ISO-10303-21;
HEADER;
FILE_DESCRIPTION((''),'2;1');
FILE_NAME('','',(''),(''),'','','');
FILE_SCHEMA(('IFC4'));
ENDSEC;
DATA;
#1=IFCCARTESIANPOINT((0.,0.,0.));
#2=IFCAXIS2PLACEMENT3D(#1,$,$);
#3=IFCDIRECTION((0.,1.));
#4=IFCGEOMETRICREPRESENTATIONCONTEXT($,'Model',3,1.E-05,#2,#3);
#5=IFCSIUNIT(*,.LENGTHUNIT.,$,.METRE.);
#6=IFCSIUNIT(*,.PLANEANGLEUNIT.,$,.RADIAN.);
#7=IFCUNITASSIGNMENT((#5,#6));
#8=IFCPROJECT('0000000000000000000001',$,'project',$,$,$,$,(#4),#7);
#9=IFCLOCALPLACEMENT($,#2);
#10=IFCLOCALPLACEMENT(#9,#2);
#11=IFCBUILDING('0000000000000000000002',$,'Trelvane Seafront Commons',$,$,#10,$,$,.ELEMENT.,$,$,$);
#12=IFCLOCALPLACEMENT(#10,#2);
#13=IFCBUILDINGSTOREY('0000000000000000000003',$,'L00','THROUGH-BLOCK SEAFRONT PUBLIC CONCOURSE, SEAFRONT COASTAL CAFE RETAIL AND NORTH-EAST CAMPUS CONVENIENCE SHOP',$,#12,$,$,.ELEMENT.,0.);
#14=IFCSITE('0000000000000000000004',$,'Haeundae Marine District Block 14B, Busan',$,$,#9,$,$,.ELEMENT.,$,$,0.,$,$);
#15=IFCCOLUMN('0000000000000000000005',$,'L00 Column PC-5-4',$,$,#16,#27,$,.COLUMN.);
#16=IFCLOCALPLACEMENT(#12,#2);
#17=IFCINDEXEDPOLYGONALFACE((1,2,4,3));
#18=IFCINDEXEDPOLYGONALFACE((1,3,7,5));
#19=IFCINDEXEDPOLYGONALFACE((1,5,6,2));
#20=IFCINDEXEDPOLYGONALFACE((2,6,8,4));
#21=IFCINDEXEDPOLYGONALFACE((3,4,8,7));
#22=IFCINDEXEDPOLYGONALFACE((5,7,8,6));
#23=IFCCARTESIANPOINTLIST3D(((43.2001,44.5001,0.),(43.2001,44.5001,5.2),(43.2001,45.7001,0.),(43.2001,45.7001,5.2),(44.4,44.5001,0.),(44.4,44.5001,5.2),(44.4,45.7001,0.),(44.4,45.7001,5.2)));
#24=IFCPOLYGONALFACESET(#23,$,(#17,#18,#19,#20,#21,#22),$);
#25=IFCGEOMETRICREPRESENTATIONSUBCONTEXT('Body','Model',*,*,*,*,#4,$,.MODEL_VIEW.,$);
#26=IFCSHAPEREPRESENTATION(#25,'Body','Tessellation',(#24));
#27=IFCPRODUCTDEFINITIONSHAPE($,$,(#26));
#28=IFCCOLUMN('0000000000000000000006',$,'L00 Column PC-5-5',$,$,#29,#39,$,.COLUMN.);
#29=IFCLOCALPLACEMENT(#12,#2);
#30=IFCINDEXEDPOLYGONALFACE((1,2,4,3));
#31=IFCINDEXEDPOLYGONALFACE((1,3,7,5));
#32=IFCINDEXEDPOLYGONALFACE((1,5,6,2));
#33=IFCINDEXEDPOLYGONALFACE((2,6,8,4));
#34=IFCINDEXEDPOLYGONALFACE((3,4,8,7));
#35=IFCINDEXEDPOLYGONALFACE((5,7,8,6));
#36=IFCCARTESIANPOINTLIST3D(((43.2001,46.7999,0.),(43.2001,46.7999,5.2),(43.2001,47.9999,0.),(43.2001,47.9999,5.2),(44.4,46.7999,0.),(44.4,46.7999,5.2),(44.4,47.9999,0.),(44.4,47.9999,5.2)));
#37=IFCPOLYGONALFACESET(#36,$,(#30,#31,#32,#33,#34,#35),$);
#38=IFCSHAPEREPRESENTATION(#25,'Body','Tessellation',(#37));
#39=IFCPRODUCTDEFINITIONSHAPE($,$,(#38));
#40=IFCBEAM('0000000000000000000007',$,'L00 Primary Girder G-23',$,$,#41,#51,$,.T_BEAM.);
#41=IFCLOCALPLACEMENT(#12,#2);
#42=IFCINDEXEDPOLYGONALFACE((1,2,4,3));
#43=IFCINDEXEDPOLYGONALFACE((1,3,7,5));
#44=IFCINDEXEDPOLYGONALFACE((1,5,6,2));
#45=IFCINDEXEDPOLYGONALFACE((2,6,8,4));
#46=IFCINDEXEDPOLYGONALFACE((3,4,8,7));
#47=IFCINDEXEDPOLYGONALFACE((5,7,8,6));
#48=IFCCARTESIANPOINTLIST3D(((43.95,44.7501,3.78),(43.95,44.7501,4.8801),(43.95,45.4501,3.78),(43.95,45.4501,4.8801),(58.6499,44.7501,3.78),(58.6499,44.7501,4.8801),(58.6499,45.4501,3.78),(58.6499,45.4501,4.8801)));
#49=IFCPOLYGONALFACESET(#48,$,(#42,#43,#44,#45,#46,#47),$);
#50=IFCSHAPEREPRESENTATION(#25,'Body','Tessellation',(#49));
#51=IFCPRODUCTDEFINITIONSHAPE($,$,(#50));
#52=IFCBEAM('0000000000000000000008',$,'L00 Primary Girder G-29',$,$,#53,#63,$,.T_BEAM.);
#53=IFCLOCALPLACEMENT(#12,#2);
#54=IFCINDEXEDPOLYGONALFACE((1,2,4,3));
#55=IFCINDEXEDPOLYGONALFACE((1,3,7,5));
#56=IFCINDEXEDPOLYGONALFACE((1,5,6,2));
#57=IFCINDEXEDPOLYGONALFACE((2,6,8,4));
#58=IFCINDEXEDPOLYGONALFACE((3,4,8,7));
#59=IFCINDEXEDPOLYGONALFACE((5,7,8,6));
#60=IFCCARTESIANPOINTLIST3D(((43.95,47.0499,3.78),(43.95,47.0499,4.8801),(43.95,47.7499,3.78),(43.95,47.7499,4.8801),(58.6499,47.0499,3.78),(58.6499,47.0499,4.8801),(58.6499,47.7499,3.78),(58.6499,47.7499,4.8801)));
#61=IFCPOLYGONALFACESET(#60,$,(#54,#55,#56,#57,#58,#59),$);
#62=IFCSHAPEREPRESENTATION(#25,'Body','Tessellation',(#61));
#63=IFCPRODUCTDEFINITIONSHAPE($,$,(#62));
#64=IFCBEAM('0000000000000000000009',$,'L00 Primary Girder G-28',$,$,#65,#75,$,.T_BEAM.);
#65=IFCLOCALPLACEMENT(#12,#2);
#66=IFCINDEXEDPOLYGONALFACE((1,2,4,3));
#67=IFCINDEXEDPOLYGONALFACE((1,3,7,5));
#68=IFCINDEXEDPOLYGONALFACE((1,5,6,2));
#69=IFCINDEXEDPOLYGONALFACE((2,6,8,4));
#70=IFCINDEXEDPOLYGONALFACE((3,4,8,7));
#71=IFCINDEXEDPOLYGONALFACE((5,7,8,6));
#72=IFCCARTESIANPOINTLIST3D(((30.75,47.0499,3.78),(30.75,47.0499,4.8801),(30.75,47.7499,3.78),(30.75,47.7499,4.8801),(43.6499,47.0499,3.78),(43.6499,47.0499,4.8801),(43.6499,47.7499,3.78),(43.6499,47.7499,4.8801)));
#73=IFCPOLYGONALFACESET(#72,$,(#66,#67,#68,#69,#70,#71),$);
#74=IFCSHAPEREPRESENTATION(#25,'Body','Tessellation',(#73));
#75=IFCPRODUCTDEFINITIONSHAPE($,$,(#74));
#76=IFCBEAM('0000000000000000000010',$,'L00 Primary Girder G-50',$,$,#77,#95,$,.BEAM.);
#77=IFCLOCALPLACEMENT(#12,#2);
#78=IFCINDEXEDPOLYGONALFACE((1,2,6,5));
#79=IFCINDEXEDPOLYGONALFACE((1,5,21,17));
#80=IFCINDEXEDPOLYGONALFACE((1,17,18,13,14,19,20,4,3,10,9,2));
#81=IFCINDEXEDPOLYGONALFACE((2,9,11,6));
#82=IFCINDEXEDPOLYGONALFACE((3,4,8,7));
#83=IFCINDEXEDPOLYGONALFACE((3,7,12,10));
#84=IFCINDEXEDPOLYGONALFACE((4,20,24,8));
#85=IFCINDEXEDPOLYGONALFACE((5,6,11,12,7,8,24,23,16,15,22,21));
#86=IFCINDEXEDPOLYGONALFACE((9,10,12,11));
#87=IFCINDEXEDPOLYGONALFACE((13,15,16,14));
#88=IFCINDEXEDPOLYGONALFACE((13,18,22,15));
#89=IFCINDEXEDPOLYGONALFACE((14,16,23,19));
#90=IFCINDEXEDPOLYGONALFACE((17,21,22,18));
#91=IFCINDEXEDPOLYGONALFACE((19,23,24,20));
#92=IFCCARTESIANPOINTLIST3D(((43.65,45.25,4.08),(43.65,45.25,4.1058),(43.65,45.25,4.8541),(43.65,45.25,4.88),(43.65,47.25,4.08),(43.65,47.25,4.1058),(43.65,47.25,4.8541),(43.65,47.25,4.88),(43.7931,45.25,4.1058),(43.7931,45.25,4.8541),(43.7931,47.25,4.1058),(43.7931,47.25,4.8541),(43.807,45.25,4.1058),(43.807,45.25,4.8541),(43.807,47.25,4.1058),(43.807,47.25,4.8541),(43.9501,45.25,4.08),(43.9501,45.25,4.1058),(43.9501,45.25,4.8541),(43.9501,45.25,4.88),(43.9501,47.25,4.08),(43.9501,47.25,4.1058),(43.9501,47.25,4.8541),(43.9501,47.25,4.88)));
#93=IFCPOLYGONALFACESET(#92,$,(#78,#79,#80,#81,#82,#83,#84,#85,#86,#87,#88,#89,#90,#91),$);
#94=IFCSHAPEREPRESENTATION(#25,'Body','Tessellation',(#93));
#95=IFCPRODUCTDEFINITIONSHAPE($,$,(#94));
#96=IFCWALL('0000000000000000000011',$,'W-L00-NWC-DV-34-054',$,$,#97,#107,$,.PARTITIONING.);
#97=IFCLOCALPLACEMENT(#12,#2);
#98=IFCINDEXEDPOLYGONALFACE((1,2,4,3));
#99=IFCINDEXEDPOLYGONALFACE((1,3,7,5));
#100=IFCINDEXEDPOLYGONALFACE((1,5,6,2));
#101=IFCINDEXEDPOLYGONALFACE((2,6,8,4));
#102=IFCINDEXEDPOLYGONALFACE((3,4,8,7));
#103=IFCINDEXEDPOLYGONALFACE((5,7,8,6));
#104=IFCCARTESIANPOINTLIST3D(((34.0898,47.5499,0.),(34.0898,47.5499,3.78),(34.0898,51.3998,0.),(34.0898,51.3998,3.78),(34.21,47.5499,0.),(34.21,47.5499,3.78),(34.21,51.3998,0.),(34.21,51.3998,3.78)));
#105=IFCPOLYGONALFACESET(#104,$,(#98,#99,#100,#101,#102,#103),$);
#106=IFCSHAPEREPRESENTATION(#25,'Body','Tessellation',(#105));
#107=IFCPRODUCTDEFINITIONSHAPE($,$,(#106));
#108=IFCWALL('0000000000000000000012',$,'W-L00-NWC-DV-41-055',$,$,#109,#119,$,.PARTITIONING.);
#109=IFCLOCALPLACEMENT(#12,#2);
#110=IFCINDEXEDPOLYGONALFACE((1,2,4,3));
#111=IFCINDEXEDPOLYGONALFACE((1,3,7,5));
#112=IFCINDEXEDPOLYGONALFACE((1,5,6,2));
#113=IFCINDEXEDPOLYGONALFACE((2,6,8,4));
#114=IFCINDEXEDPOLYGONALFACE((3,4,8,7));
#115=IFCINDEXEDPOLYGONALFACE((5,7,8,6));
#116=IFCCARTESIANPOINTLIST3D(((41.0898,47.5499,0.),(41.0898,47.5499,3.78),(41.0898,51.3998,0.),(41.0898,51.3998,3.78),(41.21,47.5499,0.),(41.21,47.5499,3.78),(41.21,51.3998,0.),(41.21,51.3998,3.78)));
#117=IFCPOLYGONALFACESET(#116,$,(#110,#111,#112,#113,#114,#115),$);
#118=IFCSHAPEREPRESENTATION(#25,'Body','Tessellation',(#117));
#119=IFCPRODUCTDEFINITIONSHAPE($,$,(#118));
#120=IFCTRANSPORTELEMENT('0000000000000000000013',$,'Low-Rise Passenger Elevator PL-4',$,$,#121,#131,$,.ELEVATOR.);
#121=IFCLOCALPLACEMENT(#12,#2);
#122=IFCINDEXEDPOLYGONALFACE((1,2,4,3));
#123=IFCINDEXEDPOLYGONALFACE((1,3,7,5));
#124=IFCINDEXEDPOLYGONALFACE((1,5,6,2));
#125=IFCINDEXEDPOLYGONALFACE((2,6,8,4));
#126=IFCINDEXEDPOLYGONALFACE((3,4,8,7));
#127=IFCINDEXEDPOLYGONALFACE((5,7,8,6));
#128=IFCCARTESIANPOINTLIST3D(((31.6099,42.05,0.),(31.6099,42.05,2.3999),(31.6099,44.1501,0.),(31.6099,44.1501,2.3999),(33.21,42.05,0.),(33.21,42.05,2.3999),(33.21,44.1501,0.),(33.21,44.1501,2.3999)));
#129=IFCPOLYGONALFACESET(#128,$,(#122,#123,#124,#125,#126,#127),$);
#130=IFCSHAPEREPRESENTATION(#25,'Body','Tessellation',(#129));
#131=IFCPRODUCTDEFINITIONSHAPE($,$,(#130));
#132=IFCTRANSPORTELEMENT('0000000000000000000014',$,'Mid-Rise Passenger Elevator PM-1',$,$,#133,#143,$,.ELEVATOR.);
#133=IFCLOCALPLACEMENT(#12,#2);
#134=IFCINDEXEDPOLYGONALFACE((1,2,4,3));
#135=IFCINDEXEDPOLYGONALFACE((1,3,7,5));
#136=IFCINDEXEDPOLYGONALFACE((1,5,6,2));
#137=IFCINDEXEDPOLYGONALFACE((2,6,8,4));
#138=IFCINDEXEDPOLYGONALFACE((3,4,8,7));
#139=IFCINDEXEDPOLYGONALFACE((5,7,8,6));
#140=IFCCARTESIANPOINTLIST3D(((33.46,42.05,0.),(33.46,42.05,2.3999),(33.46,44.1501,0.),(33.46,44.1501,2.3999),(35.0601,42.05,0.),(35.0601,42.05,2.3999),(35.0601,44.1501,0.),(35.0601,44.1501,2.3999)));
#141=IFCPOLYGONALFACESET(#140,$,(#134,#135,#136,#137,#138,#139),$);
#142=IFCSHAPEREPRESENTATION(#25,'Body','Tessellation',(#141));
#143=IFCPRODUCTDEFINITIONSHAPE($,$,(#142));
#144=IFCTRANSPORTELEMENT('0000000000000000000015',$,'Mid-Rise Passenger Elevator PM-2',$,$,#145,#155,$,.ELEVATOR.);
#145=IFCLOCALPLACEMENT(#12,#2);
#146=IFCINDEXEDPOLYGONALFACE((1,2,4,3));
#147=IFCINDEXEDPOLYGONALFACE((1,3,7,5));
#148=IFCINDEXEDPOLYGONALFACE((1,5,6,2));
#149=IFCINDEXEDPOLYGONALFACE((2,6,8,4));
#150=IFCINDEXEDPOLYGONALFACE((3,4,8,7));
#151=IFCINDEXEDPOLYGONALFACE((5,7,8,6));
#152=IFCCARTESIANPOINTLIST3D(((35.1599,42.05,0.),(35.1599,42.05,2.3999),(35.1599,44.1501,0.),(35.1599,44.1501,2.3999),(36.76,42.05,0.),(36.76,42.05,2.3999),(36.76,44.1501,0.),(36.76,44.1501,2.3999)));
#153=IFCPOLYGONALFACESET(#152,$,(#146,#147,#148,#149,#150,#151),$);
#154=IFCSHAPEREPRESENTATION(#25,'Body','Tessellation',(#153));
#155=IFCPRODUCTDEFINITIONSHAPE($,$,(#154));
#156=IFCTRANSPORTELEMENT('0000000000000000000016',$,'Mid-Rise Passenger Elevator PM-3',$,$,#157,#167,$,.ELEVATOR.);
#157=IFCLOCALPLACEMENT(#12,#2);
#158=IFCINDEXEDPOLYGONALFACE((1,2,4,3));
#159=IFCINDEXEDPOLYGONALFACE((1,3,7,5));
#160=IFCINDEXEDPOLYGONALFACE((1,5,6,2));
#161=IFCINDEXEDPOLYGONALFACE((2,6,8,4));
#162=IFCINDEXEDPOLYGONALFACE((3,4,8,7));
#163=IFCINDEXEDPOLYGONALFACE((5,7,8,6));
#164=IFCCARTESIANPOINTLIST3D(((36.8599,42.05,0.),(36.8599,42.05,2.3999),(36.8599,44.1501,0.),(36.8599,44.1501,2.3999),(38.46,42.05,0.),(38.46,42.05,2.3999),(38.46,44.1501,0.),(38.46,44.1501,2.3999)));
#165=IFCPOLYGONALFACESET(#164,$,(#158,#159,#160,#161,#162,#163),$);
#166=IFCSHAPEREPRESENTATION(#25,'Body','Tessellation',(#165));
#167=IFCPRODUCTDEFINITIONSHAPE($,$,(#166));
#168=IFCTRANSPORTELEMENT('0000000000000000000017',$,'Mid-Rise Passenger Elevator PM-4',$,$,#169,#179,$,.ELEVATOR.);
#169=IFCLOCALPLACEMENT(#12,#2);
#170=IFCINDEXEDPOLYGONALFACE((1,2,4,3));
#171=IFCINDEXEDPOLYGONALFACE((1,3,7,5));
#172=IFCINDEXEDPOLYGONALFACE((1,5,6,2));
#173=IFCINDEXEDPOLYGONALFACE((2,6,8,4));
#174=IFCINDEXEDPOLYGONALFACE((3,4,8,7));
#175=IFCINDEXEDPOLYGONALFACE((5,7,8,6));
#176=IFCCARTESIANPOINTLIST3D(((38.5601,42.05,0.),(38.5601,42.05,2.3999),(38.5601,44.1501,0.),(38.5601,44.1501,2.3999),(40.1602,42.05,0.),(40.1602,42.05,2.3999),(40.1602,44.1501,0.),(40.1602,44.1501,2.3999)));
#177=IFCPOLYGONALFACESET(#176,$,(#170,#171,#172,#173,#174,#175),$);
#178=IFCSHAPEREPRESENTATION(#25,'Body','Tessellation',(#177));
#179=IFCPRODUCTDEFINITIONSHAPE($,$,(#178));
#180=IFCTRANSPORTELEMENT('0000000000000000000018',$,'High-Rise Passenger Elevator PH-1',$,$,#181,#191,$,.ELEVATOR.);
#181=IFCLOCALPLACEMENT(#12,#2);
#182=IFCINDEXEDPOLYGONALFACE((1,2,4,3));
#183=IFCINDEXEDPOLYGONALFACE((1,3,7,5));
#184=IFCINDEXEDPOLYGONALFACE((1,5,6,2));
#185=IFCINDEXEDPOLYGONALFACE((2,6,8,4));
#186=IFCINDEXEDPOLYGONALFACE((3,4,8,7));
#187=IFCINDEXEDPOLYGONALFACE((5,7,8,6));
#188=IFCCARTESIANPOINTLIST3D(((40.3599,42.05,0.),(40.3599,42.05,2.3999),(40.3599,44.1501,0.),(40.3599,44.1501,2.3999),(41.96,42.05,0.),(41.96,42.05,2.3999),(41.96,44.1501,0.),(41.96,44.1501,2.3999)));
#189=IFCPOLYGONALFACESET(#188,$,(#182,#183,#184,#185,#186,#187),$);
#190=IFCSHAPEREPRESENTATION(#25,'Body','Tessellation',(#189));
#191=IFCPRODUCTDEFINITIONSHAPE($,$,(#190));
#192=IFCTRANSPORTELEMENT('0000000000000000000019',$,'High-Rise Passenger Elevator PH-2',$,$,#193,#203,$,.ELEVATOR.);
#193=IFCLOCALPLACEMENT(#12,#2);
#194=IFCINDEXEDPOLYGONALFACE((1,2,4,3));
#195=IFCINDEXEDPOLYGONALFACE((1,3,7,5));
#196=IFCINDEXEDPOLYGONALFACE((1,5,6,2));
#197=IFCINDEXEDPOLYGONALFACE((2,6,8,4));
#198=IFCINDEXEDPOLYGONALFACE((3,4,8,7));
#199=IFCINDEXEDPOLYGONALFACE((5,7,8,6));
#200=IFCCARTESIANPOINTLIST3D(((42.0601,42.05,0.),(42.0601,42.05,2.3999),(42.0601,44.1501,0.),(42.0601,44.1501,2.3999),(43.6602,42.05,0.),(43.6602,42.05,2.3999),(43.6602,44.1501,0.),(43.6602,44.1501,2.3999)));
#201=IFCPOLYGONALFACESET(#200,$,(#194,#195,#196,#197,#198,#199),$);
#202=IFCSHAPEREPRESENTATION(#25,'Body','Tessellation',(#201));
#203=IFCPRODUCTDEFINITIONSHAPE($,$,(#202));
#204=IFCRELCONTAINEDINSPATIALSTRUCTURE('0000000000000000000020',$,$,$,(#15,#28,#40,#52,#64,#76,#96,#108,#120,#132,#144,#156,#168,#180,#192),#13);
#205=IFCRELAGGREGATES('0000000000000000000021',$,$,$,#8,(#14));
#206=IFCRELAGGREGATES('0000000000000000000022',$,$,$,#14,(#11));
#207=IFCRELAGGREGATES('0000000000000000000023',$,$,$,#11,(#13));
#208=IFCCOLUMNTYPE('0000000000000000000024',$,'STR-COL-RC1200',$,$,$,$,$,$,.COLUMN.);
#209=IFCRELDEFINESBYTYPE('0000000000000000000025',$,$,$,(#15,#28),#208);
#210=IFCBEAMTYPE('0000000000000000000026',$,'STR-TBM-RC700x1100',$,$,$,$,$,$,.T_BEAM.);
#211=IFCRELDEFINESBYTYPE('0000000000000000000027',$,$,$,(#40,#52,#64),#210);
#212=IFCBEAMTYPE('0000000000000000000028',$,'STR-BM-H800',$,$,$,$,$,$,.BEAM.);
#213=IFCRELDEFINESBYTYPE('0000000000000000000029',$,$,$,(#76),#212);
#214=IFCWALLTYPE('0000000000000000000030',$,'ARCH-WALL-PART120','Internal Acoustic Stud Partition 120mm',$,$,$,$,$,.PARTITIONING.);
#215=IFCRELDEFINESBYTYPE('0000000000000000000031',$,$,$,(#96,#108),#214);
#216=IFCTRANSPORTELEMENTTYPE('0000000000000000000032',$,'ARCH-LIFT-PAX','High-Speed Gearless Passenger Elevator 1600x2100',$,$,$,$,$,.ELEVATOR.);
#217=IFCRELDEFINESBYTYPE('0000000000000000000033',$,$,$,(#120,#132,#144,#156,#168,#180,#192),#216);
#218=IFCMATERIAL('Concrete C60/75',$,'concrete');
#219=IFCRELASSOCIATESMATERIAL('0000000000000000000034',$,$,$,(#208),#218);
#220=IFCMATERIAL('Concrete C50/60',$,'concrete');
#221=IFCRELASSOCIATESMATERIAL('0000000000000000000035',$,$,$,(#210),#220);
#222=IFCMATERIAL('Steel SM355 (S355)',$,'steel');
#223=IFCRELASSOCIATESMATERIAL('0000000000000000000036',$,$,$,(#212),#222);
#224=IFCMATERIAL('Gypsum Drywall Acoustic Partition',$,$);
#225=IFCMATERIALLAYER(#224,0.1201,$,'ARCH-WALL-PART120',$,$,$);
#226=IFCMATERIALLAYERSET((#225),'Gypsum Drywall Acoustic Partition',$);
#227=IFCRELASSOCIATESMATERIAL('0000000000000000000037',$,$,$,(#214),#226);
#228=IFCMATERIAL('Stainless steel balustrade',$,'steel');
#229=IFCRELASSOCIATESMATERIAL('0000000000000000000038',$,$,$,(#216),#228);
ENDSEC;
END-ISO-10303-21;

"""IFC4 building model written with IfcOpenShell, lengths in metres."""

from ifc_helpers import new_model, si_unit, direction, frame, frame_2d, origin, origin_2d, place, context, subcontext, project, spatial, rectangle, i_section, extrude, source, transform, mapped, material, layer, layer_set, material_profile, profile_set, type_object, element, save


model = new_model("IFC4")

# Units and contexts
model_context = context("Model", 3, precision=1e-05, world=origin(), true_north=direction((0.0, 1.0)))
body_context = subcontext(model_context, "Body", "Model", "MODEL_VIEW")
ifc_project = project(units=[si_unit("LENGTHUNIT", "METRE"), si_unit("PLANEANGLEUNIT", "RADIAN")], contexts=[model_context])

# Site, building, storey
site_placement = place(None, origin())
site = spatial("IfcSite", under=ifc_project, at=site_placement, Name="Haeundae Marine District Block 14B, Busan", CompositionType="ELEMENT", RefElevation=0.0)
building_placement = place(site_placement, origin())
building = spatial("IfcBuilding", under=site, at=building_placement, Name="Trelvane Seafront Commons", CompositionType="ELEMENT")
storey_placement = place(building_placement, origin())
storey = spatial("IfcBuildingStorey", under=building, at=storey_placement, Name="L00", Description="THROUGH-BLOCK SEAFRONT PUBLIC CONCOURSE, SEAFRONT COASTAL CAFE RETAIL AND NORTH-EAST CAMPUS CONVENIENCE SHOP", CompositionType="ELEMENT", Elevation=0.0)

# Columns
ifc_material_1 = material(Name="Concrete C60/75", Category="concrete")
ifc_material_profile_1 = material_profile(ifc_material_1, rectangle(XDim=1.2, YDim=1.2, at=origin_2d()), Name="RC-1200x1200")
ifc_profile_set_1 = profile_set([ifc_material_profile_1], Name="Concrete C60/75")
column_type = type_object("IfcColumnType", Name="STR-COL-RC1200", PredefinedType="COLUMN", material=ifc_profile_set_1)
shared_shape_1 = source(origin(), body_context, "Body", "SweptSolid", [
    extrude(rectangle(XDim=1.2, YDim=1.2, at=origin_2d()), origin(), (0.0, 0.0, 1.0), 5.2),
])
for number, where, z_axis, x_axis, name in (
    (1, (43.8, 45.1001, 0.0), (0.0, 0.0, 1.0), (1.0, 0.0, 0.0), "L00 Column PC-5-4"),
    (2, (43.8, 47.3999, 0.0), (0.0, 0.0, 1.0), (1.0, 0.0, 0.0), "L00 Column PC-5-5"),
):
    element("IfcColumn", number, at=place(storey_placement, frame(where, z_axis=z_axis, x_axis=x_axis)), inside=storey, type_object=column_type, Name=name, PredefinedType="COLUMN", context=body_context, shape_type="MappedRepresentation", body=[
        mapped(shared_shape_1, transform((0.0, 0.0, 0.0), x_axis=(1.0, 0.0, 0.0), y_axis=(0.0, 1.0, 0.0), z_axis=(0.0, 0.0, 1.0), scale=1.0)),
    ])

# Beams
ifc_material_2 = material(Name="Concrete C50/60", Category="concrete")
ifc_material_profile_2 = material_profile(ifc_material_2, rectangle(XDim=0.7, YDim=1.1001, at=origin_2d()), Name="RC-700x1100")
ifc_profile_set_2 = profile_set([ifc_material_profile_2], Name="Concrete C50/60")
beam_type_1 = type_object("IfcBeamType", Name="STR-TBM-RC700x1100", PredefinedType="T_BEAM", material=ifc_profile_set_2)
shared_shape_2 = source(origin(), body_context, "Body", "SweptSolid", [
    extrude(rectangle(XDim=0.7, YDim=1.1001, at=origin_2d()), origin(), (0.0, 0.0, 1.0), 14.7),
])
for number, where, z_axis, x_axis, name in (
    (3, (43.95, 45.1001, 4.3301), (1.0, 0.0, 0.0), (0.0, 1.0, 0.0), "L00 Primary Girder G-23"),
    (4, (43.95, 47.3999, 4.3301), (1.0, 0.0, 0.0), (0.0, 1.0, 0.0), "L00 Primary Girder G-29"),
):
    element("IfcBeam", number, at=place(storey_placement, frame(where, z_axis=z_axis, x_axis=x_axis)), inside=storey, type_object=beam_type_1, Name=name, PredefinedType="T_BEAM", context=body_context, shape_type="MappedRepresentation", body=[
        mapped(shared_shape_2, transform((0.0, 0.0, 0.0), x_axis=(1.0, 0.0, 0.0), y_axis=(0.0, 1.0, 0.0), z_axis=(0.0, 0.0, 1.0), scale=1.0)),
    ])
shared_shape_3 = source(origin(), body_context, "Body", "SweptSolid", [
    extrude(rectangle(XDim=0.7, YDim=1.1001, at=origin_2d()), origin(), (0.0, 0.0, 1.0), 12.8999),
])
beam_1_placement = place(storey_placement, frame((30.75, 47.3999, 4.3301), z_axis=(1.0, 0.0, 0.0), x_axis=(0.0, 1.0, 0.0)))
element("IfcBeam", 5, at=beam_1_placement, inside=storey, type_object=beam_type_1, Name="L00 Primary Girder G-28", PredefinedType="T_BEAM", context=body_context, shape_type="MappedRepresentation", body=[
    mapped(shared_shape_3, transform((0.0, 0.0, 0.0), x_axis=(1.0, 0.0, 0.0), y_axis=(0.0, 1.0, 0.0), z_axis=(0.0, 0.0, 1.0), scale=1.0)),
])
ifc_material_3 = material(Name="Steel SM355 (S355)", Category="steel")
ifc_material_profile_3 = material_profile(ifc_material_3, i_section(OverallWidth=0.3, OverallDepth=0.8, WebThickness=0.0139, FlangeThickness=0.0259, at=origin_2d()), Name="H-800x300x14x26")
ifc_profile_set_3 = profile_set([ifc_material_profile_3], Name="Steel SM355 (S355)")
beam_type_2 = type_object("IfcBeamType", Name="STR-BM-H800", PredefinedType="BEAM", material=ifc_profile_set_3)
shared_shape_4 = source(origin(), body_context, "Body", "SweptSolid", [
    extrude(i_section(OverallWidth=0.3, OverallDepth=0.8, WebThickness=0.0139, FlangeThickness=0.0259, at=origin_2d()), origin(), (0.0, 0.0, 1.0), 2.0),
])
beam_2_placement = place(storey_placement, frame((43.8, 45.25, 4.48), z_axis=(0.0, 1.0, 0.0), x_axis=(-1.0, 0.0, 0.0)))
element("IfcBeam", 6, at=beam_2_placement, inside=storey, type_object=beam_type_2, Name="L00 Primary Girder G-50", PredefinedType="BEAM", context=body_context, shape_type="MappedRepresentation", body=[
    mapped(shared_shape_4, transform((0.0, 0.0, 0.0), x_axis=(1.0, 0.0, 0.0), y_axis=(0.0, 1.0, 0.0), z_axis=(0.0, 0.0, 1.0), scale=1.0)),
])

# Walls
ifc_material_4 = material(Name="Gypsum Drywall Acoustic Partition")
ifc_layer = layer(ifc_material_4, 0.1201, Name="ARCH-WALL-PART120")
ifc_layer_set = layer_set([ifc_layer], Name="Gypsum Drywall Acoustic Partition")
wall_type = type_object("IfcWallType", Name="ARCH-WALL-PART120", Description="Internal Acoustic Stud Partition 120mm", PredefinedType="PARTITIONING", material=ifc_layer_set)
for number, where, z_axis, x_axis, name in (
    (7, (34.1499, 47.55, 0.0), (0.0, 0.0, 1.0), (0.0, 1.0, 0.0), "W-L00-NWC-DV-34-054"),
    (8, (41.1499, 47.55, 0.0), (0.0, 0.0, 1.0), (0.0, 1.0, 0.0), "W-L00-NWC-DV-41-055"),
):
    element("IfcWall", number, at=place(storey_placement, frame(where, z_axis=z_axis, x_axis=x_axis)), inside=storey, type_object=wall_type, Name=name, PredefinedType="PARTITIONING", context=body_context, shape_type="SweptSolid", body=[
        extrude(rectangle(XDim=3.8499, YDim=0.1201, at=frame_2d((1.9248, 0.0))), origin(), (0.0, 0.0, 1.0), 3.78),
    ])

# Transport elements
ifc_material_5 = material(Name="Stainless steel balustrade", Category="steel")
transport_element_type = type_object("IfcTransportElementType", Name="ARCH-LIFT-PAX", Description="High-Speed Gearless Passenger Elevator 1600x2100", PredefinedType="ELEVATOR", material=ifc_material_5)
shared_shape_5 = source(origin(), body_context, "Body", "SweptSolid", [
    extrude(rectangle(XDim=1.6001, YDim=2.1001, at=origin_2d()), origin(), (0.0, 0.0, 1.0), 2.3999),
])
for number, where, z_axis, x_axis, name in (
    (9, (32.4099, 43.1001, 0.0), (0.0, 0.0, 1.0), (1.0, 0.0, 0.0), "Low-Rise Passenger Elevator PL-4"),
    (10, (34.26, 43.1001, 0.0), (0.0, 0.0, 1.0), (1.0, 0.0, 0.0), "Mid-Rise Passenger Elevator PM-1"),
    (11, (35.96, 43.1001, 0.0), (0.0, 0.0, 1.0), (1.0, 0.0, 0.0), "Mid-Rise Passenger Elevator PM-2"),
    (12, (37.6599, 43.1001, 0.0), (0.0, 0.0, 1.0), (1.0, 0.0, 0.0), "Mid-Rise Passenger Elevator PM-3"),
    (13, (39.3601, 43.1001, 0.0), (0.0, 0.0, 1.0), (1.0, 0.0, 0.0), "Mid-Rise Passenger Elevator PM-4"),
    (14, (41.1599, 43.1001, 0.0), (0.0, 0.0, 1.0), (1.0, 0.0, 0.0), "High-Rise Passenger Elevator PH-1"),
    (15, (42.8601, 43.1001, 0.0), (0.0, 0.0, 1.0), (1.0, 0.0, 0.0), "High-Rise Passenger Elevator PH-2"),
):
    element("IfcTransportElement", number, at=place(storey_placement, frame(where, z_axis=z_axis, x_axis=x_axis)), inside=storey, type_object=transport_element_type, Name=name, PredefinedType="ELEVATOR", context=body_context, shape_type="MappedRepresentation", body=[
        mapped(shared_shape_5, transform((0.0, 0.0, 0.0), x_axis=(1.0, 0.0, 0.0), y_axis=(0.0, 1.0, 0.0), z_axis=(0.0, 0.0, 1.0), scale=1.0)),
    ])

save(model, "model.ifc")
